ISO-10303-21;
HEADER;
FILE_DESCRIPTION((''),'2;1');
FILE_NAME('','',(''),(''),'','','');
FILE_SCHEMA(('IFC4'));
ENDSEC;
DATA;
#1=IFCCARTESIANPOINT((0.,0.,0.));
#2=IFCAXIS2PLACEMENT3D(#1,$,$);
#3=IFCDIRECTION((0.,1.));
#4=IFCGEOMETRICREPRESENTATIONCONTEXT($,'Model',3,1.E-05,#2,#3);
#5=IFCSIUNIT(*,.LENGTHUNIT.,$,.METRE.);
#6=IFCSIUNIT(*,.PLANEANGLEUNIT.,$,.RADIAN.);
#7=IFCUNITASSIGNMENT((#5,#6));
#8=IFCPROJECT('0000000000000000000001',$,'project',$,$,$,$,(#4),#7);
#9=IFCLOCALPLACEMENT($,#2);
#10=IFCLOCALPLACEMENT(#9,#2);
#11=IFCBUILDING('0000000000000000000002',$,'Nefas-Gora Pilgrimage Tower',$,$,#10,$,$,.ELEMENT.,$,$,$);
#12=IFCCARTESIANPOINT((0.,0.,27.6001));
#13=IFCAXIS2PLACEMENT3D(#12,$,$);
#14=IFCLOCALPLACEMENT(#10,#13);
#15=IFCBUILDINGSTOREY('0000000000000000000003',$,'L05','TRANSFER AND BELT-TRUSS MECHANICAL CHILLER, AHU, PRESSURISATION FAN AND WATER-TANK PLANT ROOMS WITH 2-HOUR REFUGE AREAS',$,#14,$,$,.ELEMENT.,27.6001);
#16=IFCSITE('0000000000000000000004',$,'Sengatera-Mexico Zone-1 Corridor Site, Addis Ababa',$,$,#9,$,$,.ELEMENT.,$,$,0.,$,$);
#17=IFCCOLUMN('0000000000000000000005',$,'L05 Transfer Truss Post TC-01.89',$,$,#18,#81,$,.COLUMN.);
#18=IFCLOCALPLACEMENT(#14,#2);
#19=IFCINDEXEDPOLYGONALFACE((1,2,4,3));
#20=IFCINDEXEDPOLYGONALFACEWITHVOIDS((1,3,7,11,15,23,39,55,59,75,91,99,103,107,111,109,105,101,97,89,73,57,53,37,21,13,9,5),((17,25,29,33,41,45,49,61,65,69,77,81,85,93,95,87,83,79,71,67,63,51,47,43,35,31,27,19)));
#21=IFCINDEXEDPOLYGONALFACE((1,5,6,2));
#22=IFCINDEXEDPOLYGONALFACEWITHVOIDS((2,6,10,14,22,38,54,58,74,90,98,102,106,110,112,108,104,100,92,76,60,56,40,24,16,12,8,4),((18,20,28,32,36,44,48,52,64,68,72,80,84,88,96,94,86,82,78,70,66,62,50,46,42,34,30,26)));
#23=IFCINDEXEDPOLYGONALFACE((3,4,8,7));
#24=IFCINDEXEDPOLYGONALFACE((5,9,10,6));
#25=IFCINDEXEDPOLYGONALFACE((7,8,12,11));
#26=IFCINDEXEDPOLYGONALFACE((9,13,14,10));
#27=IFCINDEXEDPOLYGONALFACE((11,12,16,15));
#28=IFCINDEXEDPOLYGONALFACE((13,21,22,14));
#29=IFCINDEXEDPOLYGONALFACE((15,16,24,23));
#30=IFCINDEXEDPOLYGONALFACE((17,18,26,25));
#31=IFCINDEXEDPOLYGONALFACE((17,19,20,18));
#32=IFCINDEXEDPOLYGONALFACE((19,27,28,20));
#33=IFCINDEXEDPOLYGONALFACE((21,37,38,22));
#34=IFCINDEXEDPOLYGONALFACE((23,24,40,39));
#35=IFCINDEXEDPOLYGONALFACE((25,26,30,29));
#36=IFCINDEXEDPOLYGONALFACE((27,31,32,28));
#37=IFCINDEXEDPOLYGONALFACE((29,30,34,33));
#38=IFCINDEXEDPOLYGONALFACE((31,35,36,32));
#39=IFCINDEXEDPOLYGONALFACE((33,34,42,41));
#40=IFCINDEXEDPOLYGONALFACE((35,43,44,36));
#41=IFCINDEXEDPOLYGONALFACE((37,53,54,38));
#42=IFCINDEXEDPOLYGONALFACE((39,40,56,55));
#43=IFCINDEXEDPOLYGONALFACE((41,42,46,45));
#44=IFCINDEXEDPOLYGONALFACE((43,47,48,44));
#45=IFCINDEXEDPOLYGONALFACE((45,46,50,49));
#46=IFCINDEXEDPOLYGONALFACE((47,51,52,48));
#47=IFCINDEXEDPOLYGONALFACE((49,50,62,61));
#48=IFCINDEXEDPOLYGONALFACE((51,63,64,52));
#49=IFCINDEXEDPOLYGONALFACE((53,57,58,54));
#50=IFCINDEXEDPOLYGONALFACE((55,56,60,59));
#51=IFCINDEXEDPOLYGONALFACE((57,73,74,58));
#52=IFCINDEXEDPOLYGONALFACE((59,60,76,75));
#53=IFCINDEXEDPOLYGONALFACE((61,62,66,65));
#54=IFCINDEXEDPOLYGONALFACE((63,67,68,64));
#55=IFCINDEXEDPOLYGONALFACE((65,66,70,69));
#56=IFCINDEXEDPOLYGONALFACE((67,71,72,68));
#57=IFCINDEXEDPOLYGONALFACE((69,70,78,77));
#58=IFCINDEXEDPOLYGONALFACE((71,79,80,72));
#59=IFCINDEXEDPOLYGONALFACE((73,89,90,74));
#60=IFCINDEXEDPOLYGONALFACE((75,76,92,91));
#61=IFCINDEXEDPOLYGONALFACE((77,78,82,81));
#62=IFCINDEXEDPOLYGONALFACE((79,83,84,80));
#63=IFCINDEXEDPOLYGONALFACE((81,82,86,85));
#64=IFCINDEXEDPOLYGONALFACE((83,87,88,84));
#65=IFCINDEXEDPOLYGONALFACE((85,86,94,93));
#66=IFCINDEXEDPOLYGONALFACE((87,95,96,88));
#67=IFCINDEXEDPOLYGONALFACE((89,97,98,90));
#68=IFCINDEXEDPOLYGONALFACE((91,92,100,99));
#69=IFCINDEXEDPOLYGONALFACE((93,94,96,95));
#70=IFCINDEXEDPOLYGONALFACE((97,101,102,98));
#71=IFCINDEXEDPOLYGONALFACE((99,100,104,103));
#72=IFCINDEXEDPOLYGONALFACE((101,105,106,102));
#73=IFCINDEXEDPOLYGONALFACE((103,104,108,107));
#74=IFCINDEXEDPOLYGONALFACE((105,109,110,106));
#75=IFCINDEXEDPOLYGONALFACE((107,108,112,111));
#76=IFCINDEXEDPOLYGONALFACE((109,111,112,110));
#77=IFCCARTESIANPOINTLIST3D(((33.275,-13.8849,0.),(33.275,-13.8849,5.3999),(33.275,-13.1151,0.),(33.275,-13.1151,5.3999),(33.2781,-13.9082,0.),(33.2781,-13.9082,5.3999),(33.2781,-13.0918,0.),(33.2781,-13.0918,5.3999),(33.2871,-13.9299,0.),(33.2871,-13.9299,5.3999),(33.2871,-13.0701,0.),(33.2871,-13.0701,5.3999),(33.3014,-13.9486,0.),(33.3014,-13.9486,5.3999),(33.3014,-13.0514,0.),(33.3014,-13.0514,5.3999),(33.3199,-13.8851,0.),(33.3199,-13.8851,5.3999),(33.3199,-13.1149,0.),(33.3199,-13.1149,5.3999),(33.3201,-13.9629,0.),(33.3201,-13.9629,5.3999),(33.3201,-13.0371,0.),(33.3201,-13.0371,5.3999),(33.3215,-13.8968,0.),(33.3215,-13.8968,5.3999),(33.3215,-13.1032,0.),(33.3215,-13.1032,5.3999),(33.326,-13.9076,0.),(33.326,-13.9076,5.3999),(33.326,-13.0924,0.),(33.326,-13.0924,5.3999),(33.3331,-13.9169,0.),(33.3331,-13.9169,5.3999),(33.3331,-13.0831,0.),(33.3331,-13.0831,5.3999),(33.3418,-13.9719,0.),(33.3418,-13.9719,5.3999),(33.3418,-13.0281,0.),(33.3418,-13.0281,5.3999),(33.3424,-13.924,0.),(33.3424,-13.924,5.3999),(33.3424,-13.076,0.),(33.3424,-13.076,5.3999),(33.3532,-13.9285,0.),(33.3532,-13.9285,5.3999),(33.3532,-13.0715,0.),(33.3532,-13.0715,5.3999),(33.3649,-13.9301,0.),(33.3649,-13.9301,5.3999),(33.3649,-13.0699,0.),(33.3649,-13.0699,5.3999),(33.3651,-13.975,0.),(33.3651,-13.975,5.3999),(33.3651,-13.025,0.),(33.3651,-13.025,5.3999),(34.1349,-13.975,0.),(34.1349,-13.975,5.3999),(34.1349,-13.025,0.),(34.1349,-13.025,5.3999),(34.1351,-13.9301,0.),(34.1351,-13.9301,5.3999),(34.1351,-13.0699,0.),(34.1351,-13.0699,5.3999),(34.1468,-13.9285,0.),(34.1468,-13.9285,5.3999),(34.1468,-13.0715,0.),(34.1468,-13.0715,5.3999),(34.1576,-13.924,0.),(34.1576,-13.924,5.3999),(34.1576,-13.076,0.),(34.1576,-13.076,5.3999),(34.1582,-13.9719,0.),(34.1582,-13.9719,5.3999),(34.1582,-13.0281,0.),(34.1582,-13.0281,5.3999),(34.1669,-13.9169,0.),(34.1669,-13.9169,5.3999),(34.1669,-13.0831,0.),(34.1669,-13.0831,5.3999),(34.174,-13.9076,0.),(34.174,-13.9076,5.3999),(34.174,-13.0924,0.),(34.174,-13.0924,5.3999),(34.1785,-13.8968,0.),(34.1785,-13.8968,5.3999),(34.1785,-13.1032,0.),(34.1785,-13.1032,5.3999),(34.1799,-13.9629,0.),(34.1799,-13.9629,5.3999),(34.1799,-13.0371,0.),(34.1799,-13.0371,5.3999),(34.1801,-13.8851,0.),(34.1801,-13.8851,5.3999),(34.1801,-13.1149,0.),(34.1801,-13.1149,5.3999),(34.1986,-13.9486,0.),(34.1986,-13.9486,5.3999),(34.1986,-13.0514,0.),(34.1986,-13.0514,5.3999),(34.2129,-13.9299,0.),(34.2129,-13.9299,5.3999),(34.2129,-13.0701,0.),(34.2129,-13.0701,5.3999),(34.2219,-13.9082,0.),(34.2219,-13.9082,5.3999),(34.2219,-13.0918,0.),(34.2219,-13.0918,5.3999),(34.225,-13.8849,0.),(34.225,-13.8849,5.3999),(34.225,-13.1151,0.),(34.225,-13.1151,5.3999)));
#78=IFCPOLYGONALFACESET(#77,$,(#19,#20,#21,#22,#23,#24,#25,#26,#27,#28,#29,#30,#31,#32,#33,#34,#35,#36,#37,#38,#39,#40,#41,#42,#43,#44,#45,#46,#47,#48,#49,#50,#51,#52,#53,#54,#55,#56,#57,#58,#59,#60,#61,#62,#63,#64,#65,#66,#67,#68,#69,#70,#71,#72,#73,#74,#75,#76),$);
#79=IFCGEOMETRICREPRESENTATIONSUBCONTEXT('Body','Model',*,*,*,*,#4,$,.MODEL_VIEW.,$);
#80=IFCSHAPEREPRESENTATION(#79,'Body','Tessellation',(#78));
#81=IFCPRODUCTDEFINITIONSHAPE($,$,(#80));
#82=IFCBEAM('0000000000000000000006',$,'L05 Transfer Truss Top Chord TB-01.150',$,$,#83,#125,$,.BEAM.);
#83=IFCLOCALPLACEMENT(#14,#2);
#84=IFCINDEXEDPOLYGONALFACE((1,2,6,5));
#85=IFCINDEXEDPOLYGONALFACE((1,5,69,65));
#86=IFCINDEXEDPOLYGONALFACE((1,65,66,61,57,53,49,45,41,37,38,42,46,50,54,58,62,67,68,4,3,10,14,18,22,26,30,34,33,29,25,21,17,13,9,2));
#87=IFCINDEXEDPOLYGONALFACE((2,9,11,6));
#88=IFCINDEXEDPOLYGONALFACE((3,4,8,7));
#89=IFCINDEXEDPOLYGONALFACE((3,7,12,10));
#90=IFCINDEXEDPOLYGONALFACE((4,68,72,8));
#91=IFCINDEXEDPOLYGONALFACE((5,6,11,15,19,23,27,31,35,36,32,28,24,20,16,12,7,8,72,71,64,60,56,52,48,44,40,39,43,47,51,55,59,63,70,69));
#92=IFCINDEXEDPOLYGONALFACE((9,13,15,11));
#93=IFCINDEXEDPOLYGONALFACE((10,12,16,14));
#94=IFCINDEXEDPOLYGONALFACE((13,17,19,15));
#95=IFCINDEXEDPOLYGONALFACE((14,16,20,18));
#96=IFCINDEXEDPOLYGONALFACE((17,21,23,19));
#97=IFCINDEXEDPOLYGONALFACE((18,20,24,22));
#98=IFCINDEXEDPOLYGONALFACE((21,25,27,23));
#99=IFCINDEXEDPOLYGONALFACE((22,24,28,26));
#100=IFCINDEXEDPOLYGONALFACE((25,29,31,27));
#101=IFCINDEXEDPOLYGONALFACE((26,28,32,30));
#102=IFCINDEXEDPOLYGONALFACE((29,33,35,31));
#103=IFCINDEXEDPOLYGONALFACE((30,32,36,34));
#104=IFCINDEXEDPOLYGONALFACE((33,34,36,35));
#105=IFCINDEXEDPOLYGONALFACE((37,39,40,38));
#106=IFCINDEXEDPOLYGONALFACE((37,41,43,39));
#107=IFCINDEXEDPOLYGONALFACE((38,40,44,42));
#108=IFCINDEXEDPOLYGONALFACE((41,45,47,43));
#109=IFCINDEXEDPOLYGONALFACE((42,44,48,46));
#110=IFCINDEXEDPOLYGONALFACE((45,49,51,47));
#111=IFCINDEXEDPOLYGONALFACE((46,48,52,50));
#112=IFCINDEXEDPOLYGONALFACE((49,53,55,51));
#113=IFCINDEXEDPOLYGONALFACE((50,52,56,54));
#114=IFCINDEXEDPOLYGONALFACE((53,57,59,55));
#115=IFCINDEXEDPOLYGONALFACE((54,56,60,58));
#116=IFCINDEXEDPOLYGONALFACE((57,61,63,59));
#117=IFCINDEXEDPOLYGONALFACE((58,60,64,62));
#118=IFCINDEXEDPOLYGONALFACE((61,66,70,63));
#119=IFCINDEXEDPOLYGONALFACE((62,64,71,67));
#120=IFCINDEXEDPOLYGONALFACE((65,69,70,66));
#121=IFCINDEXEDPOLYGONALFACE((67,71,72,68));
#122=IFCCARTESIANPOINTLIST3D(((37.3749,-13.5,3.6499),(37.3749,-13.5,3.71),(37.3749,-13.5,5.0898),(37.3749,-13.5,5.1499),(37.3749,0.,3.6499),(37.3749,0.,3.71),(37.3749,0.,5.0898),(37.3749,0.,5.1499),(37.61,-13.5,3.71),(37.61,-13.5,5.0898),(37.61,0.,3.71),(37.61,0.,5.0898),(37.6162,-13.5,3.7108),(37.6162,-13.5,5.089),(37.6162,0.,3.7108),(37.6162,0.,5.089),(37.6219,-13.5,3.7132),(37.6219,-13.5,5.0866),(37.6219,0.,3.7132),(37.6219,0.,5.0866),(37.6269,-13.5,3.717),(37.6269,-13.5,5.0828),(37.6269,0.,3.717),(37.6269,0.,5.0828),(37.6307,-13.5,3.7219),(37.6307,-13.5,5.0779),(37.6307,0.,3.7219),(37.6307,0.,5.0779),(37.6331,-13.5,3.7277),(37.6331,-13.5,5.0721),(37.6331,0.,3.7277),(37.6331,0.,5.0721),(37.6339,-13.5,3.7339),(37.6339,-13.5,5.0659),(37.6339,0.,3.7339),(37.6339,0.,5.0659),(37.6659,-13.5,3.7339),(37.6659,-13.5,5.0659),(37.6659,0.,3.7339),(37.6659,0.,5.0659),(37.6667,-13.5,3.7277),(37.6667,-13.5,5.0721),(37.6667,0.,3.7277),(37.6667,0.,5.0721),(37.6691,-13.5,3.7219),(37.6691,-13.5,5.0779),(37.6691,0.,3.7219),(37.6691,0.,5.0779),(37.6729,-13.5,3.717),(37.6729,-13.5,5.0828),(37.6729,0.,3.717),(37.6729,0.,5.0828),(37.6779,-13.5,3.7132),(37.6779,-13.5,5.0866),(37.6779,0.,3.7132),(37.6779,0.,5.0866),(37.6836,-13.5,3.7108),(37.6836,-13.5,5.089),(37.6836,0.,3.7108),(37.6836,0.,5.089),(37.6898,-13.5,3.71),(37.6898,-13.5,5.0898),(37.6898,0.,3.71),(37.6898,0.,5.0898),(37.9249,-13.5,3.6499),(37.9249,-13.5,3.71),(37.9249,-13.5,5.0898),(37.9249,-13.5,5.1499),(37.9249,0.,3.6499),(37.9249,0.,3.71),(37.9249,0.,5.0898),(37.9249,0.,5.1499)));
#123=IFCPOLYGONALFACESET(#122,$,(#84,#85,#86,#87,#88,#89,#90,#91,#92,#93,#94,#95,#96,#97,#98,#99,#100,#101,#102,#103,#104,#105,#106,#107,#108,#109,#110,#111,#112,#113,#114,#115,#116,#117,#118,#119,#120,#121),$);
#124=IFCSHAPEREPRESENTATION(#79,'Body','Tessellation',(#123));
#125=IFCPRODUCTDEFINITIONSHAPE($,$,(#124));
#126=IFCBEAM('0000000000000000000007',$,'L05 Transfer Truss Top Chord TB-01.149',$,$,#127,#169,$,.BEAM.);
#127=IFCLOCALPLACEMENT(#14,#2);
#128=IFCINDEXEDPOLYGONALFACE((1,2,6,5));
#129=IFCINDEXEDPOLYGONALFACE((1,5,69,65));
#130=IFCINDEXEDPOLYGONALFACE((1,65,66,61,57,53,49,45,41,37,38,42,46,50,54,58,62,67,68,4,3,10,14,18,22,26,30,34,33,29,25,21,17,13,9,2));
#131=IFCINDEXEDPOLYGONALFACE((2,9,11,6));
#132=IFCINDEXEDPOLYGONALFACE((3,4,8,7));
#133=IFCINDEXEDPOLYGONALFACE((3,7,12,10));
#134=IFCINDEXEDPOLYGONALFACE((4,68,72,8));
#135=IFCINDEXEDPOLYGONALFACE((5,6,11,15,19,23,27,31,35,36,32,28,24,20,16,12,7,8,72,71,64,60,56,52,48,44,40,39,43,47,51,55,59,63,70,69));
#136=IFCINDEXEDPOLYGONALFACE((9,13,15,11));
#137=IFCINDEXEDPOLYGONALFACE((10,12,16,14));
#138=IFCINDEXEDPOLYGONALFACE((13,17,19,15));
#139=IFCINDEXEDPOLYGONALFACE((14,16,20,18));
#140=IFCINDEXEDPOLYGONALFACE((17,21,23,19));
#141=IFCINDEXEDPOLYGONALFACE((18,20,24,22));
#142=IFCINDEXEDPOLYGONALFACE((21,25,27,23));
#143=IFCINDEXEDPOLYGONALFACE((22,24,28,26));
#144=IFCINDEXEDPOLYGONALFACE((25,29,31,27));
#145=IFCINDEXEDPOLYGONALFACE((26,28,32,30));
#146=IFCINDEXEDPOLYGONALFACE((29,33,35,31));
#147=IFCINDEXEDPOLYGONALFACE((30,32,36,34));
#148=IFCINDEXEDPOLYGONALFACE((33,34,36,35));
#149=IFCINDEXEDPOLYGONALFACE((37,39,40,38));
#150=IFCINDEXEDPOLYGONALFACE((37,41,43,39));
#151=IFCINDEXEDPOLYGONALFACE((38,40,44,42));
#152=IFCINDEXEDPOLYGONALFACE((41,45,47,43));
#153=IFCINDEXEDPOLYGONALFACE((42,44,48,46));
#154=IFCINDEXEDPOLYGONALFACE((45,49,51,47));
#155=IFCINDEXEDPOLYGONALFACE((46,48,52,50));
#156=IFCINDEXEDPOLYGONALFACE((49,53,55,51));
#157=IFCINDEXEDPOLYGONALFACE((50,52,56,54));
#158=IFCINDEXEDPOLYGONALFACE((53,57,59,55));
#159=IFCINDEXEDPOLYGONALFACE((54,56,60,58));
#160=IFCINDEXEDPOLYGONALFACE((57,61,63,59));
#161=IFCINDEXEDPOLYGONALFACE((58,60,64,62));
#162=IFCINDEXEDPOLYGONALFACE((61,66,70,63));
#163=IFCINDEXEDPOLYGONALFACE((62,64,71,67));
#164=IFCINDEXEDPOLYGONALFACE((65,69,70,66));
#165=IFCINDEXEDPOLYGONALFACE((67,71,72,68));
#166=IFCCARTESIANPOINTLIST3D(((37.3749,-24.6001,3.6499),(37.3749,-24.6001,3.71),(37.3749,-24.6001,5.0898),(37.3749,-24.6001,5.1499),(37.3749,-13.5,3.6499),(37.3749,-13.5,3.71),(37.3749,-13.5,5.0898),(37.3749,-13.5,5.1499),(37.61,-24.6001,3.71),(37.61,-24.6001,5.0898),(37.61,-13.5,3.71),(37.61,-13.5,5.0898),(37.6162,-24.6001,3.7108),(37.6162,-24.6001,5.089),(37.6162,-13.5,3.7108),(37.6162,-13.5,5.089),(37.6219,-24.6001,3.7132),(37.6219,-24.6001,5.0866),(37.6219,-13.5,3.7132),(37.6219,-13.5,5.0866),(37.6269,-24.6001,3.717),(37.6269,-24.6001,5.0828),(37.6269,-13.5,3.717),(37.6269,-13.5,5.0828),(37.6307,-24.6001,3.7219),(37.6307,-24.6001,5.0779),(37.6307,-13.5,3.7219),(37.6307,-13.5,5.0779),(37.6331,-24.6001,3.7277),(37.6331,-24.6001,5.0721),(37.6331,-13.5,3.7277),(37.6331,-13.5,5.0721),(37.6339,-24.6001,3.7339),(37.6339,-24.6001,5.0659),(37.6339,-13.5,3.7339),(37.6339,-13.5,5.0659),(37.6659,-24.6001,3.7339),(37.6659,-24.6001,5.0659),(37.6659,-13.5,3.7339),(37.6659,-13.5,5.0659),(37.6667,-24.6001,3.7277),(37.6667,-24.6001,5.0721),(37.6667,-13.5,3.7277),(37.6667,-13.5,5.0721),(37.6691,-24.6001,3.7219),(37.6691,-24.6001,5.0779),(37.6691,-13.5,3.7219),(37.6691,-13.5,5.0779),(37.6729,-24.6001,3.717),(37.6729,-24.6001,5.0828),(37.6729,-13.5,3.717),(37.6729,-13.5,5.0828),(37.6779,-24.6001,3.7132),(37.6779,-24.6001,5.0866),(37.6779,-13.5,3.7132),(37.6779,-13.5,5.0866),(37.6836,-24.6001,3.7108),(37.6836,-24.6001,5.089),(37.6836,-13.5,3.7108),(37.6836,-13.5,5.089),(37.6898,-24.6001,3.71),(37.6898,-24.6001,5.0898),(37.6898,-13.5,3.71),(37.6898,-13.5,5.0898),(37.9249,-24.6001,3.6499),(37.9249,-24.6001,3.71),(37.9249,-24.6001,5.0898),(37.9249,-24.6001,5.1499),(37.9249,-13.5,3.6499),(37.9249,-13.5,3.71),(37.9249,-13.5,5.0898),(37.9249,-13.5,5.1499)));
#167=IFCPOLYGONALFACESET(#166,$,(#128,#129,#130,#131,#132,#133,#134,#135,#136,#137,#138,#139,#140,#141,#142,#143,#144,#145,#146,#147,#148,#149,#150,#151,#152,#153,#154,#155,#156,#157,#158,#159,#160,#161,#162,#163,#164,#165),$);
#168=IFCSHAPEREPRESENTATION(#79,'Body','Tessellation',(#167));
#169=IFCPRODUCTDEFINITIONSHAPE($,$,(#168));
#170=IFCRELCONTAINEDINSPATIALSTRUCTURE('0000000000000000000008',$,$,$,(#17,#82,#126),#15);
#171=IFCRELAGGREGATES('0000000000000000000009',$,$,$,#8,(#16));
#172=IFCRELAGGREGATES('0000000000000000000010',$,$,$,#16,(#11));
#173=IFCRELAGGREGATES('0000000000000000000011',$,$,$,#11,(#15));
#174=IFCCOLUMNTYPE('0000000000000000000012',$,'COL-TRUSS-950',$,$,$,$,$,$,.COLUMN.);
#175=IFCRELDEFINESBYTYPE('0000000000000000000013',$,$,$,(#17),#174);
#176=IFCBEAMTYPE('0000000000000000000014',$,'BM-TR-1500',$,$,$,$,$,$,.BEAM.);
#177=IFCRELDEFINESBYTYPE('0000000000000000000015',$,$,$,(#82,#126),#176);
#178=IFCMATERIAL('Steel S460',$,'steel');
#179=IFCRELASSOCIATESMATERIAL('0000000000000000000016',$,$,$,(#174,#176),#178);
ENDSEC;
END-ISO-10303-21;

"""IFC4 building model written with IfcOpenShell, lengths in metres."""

from ifc_helpers import new_model, si_unit, direction, frame, origin, origin_2d, place, context, subcontext, project, spatial, hollow_rectangle, i_section, extrude, source, transform, mapped, material, material_profile, profile_set, type_object, element, save


model = new_model("IFC4")

# Units and contexts
model_context = context("Model", 3, precision=1e-05, world=origin(), true_north=direction((0.0, 1.0)))
body_context = subcontext(model_context, "Body", "Model", "MODEL_VIEW")
ifc_project = project(units=[si_unit("LENGTHUNIT", "METRE"), si_unit("PLANEANGLEUNIT", "RADIAN")], contexts=[model_context])

# Site, building, storey
site_placement = place(None, origin())
site = spatial("IfcSite", under=ifc_project, at=site_placement, Name="Sengatera-Mexico Zone-1 Corridor Site, Addis Ababa", CompositionType="ELEMENT", RefElevation=0.0)
building_placement = place(site_placement, origin())
building = spatial("IfcBuilding", under=site, at=building_placement, Name="Nefas-Gora Pilgrimage Tower", CompositionType="ELEMENT")
storey_placement = place(building_placement, frame((0.0, 0.0, 27.6001)))
storey = spatial("IfcBuildingStorey", under=building, at=storey_placement, Name="L05", Description="TRANSFER AND BELT-TRUSS MECHANICAL CHILLER, AHU, PRESSURISATION FAN AND WATER-TANK PLANT ROOMS WITH 2-HOUR REFUGE AREAS", CompositionType="ELEMENT", Elevation=27.6001)

# Column
ifc_material_1 = material(Name="Steel S460", Category="steel")
ifc_material_profile_1 = material_profile(ifc_material_1, hollow_rectangle(XDim=0.95, YDim=0.95, WallThickness=0.0449, InnerFilletRadius=0.0449, OuterFilletRadius=0.0901, at=origin_2d()), Name="BOX 950x950x45")
ifc_profile_set_1 = profile_set([ifc_material_profile_1], Name="Steel S460")
column_type_1 = type_object("IfcColumnType", Name="COL-TRUSS-950", PredefinedType="COLUMN", material=ifc_profile_set_1)
shared_shape_1 = source(origin(), body_context, "Body", "SweptSolid", [
    extrude(hollow_rectangle(XDim=0.95, YDim=0.95, WallThickness=0.0449, InnerFilletRadius=0.0449, OuterFilletRadius=0.0901, at=origin_2d()), origin(), (0.0, 0.0, 1.0), 5.3999),
])
column_placement = place(storey_placement, frame((33.75, -13.5, 0.0), z_axis=(0.0, 0.0, 1.0), x_axis=(1.0, 0.0, 0.0)))
element("IfcColumn", 1, at=column_placement, inside=storey, type_object=column_type_1, Name="L05 Transfer Truss Post TC-01.89", PredefinedType="COLUMN", context=body_context, shape_type="MappedRepresentation", body=[
    mapped(shared_shape_1, transform((0.0, 0.0, 0.0), x_axis=(1.0, 0.0, 0.0), y_axis=(0.0, 1.0, 0.0), z_axis=(0.0, 0.0, 1.0), scale=1.0)),
])

# Beams
ifc_material_profile_2 = material_profile(ifc_material_1, i_section(OverallWidth=0.55, OverallDepth=1.5, WebThickness=0.032, FlangeThickness=0.0601, FilletRadius=0.0239, at=origin_2d()), Name="WPG 1500x550x32x60")
ifc_profile_set_2 = profile_set([ifc_material_profile_2], Name="Steel S460")
beam_type_1 = type_object("IfcBeamType", Name="BM-TR-1500", PredefinedType="BEAM", material=ifc_profile_set_2)
shared_shape_2 = source(origin(), body_context, "Body", "SweptSolid", [
    extrude(i_section(OverallWidth=0.55, OverallDepth=1.5, WebThickness=0.032, FlangeThickness=0.0601, FilletRadius=0.0239, at=origin_2d()), origin(), (0.0, 0.0, 1.0), 13.5),
])
beam_1_placement = place(storey_placement, frame((37.6499, -13.5, 4.3999), z_axis=(0.0, 1.0, 0.0), x_axis=(-1.0, 0.0, 0.0)))
element("IfcBeam", 2, at=beam_1_placement, inside=storey, type_object=beam_type_1, Name="L05 Transfer Truss Top Chord TB-01.150", PredefinedType="BEAM", context=body_context, shape_type="MappedRepresentation", body=[
    mapped(shared_shape_2, transform((0.0, 0.0, 0.0), x_axis=(1.0, 0.0, 0.0), y_axis=(0.0, 1.0, 0.0), z_axis=(0.0, 0.0, 1.0), scale=1.0)),
])
shared_shape_3 = source(origin(), body_context, "Body", "SweptSolid", [
    extrude(i_section(OverallWidth=0.55, OverallDepth=1.5, WebThickness=0.032, FlangeThickness=0.0601, FilletRadius=0.0239, at=origin_2d()), origin(), (0.0, 0.0, 1.0), 11.1001),
])
beam_2_placement = place(storey_placement, frame((37.6499, -24.6001, 4.3999), z_axis=(0.0, 1.0, 0.0), x_axis=(-1.0, 0.0, 0.0)))
element("IfcBeam", 3, at=beam_2_placement, inside=storey, type_object=beam_type_1, Name="L05 Transfer Truss Top Chord TB-01.149", PredefinedType="BEAM", context=body_context, shape_type="MappedRepresentation", body=[
    mapped(shared_shape_3, transform((0.0, 0.0, 0.0), x_axis=(1.0, 0.0, 0.0), y_axis=(0.0, 1.0, 0.0), z_axis=(0.0, 0.0, 1.0), scale=1.0)),
])

save(model, "model.ifc")
